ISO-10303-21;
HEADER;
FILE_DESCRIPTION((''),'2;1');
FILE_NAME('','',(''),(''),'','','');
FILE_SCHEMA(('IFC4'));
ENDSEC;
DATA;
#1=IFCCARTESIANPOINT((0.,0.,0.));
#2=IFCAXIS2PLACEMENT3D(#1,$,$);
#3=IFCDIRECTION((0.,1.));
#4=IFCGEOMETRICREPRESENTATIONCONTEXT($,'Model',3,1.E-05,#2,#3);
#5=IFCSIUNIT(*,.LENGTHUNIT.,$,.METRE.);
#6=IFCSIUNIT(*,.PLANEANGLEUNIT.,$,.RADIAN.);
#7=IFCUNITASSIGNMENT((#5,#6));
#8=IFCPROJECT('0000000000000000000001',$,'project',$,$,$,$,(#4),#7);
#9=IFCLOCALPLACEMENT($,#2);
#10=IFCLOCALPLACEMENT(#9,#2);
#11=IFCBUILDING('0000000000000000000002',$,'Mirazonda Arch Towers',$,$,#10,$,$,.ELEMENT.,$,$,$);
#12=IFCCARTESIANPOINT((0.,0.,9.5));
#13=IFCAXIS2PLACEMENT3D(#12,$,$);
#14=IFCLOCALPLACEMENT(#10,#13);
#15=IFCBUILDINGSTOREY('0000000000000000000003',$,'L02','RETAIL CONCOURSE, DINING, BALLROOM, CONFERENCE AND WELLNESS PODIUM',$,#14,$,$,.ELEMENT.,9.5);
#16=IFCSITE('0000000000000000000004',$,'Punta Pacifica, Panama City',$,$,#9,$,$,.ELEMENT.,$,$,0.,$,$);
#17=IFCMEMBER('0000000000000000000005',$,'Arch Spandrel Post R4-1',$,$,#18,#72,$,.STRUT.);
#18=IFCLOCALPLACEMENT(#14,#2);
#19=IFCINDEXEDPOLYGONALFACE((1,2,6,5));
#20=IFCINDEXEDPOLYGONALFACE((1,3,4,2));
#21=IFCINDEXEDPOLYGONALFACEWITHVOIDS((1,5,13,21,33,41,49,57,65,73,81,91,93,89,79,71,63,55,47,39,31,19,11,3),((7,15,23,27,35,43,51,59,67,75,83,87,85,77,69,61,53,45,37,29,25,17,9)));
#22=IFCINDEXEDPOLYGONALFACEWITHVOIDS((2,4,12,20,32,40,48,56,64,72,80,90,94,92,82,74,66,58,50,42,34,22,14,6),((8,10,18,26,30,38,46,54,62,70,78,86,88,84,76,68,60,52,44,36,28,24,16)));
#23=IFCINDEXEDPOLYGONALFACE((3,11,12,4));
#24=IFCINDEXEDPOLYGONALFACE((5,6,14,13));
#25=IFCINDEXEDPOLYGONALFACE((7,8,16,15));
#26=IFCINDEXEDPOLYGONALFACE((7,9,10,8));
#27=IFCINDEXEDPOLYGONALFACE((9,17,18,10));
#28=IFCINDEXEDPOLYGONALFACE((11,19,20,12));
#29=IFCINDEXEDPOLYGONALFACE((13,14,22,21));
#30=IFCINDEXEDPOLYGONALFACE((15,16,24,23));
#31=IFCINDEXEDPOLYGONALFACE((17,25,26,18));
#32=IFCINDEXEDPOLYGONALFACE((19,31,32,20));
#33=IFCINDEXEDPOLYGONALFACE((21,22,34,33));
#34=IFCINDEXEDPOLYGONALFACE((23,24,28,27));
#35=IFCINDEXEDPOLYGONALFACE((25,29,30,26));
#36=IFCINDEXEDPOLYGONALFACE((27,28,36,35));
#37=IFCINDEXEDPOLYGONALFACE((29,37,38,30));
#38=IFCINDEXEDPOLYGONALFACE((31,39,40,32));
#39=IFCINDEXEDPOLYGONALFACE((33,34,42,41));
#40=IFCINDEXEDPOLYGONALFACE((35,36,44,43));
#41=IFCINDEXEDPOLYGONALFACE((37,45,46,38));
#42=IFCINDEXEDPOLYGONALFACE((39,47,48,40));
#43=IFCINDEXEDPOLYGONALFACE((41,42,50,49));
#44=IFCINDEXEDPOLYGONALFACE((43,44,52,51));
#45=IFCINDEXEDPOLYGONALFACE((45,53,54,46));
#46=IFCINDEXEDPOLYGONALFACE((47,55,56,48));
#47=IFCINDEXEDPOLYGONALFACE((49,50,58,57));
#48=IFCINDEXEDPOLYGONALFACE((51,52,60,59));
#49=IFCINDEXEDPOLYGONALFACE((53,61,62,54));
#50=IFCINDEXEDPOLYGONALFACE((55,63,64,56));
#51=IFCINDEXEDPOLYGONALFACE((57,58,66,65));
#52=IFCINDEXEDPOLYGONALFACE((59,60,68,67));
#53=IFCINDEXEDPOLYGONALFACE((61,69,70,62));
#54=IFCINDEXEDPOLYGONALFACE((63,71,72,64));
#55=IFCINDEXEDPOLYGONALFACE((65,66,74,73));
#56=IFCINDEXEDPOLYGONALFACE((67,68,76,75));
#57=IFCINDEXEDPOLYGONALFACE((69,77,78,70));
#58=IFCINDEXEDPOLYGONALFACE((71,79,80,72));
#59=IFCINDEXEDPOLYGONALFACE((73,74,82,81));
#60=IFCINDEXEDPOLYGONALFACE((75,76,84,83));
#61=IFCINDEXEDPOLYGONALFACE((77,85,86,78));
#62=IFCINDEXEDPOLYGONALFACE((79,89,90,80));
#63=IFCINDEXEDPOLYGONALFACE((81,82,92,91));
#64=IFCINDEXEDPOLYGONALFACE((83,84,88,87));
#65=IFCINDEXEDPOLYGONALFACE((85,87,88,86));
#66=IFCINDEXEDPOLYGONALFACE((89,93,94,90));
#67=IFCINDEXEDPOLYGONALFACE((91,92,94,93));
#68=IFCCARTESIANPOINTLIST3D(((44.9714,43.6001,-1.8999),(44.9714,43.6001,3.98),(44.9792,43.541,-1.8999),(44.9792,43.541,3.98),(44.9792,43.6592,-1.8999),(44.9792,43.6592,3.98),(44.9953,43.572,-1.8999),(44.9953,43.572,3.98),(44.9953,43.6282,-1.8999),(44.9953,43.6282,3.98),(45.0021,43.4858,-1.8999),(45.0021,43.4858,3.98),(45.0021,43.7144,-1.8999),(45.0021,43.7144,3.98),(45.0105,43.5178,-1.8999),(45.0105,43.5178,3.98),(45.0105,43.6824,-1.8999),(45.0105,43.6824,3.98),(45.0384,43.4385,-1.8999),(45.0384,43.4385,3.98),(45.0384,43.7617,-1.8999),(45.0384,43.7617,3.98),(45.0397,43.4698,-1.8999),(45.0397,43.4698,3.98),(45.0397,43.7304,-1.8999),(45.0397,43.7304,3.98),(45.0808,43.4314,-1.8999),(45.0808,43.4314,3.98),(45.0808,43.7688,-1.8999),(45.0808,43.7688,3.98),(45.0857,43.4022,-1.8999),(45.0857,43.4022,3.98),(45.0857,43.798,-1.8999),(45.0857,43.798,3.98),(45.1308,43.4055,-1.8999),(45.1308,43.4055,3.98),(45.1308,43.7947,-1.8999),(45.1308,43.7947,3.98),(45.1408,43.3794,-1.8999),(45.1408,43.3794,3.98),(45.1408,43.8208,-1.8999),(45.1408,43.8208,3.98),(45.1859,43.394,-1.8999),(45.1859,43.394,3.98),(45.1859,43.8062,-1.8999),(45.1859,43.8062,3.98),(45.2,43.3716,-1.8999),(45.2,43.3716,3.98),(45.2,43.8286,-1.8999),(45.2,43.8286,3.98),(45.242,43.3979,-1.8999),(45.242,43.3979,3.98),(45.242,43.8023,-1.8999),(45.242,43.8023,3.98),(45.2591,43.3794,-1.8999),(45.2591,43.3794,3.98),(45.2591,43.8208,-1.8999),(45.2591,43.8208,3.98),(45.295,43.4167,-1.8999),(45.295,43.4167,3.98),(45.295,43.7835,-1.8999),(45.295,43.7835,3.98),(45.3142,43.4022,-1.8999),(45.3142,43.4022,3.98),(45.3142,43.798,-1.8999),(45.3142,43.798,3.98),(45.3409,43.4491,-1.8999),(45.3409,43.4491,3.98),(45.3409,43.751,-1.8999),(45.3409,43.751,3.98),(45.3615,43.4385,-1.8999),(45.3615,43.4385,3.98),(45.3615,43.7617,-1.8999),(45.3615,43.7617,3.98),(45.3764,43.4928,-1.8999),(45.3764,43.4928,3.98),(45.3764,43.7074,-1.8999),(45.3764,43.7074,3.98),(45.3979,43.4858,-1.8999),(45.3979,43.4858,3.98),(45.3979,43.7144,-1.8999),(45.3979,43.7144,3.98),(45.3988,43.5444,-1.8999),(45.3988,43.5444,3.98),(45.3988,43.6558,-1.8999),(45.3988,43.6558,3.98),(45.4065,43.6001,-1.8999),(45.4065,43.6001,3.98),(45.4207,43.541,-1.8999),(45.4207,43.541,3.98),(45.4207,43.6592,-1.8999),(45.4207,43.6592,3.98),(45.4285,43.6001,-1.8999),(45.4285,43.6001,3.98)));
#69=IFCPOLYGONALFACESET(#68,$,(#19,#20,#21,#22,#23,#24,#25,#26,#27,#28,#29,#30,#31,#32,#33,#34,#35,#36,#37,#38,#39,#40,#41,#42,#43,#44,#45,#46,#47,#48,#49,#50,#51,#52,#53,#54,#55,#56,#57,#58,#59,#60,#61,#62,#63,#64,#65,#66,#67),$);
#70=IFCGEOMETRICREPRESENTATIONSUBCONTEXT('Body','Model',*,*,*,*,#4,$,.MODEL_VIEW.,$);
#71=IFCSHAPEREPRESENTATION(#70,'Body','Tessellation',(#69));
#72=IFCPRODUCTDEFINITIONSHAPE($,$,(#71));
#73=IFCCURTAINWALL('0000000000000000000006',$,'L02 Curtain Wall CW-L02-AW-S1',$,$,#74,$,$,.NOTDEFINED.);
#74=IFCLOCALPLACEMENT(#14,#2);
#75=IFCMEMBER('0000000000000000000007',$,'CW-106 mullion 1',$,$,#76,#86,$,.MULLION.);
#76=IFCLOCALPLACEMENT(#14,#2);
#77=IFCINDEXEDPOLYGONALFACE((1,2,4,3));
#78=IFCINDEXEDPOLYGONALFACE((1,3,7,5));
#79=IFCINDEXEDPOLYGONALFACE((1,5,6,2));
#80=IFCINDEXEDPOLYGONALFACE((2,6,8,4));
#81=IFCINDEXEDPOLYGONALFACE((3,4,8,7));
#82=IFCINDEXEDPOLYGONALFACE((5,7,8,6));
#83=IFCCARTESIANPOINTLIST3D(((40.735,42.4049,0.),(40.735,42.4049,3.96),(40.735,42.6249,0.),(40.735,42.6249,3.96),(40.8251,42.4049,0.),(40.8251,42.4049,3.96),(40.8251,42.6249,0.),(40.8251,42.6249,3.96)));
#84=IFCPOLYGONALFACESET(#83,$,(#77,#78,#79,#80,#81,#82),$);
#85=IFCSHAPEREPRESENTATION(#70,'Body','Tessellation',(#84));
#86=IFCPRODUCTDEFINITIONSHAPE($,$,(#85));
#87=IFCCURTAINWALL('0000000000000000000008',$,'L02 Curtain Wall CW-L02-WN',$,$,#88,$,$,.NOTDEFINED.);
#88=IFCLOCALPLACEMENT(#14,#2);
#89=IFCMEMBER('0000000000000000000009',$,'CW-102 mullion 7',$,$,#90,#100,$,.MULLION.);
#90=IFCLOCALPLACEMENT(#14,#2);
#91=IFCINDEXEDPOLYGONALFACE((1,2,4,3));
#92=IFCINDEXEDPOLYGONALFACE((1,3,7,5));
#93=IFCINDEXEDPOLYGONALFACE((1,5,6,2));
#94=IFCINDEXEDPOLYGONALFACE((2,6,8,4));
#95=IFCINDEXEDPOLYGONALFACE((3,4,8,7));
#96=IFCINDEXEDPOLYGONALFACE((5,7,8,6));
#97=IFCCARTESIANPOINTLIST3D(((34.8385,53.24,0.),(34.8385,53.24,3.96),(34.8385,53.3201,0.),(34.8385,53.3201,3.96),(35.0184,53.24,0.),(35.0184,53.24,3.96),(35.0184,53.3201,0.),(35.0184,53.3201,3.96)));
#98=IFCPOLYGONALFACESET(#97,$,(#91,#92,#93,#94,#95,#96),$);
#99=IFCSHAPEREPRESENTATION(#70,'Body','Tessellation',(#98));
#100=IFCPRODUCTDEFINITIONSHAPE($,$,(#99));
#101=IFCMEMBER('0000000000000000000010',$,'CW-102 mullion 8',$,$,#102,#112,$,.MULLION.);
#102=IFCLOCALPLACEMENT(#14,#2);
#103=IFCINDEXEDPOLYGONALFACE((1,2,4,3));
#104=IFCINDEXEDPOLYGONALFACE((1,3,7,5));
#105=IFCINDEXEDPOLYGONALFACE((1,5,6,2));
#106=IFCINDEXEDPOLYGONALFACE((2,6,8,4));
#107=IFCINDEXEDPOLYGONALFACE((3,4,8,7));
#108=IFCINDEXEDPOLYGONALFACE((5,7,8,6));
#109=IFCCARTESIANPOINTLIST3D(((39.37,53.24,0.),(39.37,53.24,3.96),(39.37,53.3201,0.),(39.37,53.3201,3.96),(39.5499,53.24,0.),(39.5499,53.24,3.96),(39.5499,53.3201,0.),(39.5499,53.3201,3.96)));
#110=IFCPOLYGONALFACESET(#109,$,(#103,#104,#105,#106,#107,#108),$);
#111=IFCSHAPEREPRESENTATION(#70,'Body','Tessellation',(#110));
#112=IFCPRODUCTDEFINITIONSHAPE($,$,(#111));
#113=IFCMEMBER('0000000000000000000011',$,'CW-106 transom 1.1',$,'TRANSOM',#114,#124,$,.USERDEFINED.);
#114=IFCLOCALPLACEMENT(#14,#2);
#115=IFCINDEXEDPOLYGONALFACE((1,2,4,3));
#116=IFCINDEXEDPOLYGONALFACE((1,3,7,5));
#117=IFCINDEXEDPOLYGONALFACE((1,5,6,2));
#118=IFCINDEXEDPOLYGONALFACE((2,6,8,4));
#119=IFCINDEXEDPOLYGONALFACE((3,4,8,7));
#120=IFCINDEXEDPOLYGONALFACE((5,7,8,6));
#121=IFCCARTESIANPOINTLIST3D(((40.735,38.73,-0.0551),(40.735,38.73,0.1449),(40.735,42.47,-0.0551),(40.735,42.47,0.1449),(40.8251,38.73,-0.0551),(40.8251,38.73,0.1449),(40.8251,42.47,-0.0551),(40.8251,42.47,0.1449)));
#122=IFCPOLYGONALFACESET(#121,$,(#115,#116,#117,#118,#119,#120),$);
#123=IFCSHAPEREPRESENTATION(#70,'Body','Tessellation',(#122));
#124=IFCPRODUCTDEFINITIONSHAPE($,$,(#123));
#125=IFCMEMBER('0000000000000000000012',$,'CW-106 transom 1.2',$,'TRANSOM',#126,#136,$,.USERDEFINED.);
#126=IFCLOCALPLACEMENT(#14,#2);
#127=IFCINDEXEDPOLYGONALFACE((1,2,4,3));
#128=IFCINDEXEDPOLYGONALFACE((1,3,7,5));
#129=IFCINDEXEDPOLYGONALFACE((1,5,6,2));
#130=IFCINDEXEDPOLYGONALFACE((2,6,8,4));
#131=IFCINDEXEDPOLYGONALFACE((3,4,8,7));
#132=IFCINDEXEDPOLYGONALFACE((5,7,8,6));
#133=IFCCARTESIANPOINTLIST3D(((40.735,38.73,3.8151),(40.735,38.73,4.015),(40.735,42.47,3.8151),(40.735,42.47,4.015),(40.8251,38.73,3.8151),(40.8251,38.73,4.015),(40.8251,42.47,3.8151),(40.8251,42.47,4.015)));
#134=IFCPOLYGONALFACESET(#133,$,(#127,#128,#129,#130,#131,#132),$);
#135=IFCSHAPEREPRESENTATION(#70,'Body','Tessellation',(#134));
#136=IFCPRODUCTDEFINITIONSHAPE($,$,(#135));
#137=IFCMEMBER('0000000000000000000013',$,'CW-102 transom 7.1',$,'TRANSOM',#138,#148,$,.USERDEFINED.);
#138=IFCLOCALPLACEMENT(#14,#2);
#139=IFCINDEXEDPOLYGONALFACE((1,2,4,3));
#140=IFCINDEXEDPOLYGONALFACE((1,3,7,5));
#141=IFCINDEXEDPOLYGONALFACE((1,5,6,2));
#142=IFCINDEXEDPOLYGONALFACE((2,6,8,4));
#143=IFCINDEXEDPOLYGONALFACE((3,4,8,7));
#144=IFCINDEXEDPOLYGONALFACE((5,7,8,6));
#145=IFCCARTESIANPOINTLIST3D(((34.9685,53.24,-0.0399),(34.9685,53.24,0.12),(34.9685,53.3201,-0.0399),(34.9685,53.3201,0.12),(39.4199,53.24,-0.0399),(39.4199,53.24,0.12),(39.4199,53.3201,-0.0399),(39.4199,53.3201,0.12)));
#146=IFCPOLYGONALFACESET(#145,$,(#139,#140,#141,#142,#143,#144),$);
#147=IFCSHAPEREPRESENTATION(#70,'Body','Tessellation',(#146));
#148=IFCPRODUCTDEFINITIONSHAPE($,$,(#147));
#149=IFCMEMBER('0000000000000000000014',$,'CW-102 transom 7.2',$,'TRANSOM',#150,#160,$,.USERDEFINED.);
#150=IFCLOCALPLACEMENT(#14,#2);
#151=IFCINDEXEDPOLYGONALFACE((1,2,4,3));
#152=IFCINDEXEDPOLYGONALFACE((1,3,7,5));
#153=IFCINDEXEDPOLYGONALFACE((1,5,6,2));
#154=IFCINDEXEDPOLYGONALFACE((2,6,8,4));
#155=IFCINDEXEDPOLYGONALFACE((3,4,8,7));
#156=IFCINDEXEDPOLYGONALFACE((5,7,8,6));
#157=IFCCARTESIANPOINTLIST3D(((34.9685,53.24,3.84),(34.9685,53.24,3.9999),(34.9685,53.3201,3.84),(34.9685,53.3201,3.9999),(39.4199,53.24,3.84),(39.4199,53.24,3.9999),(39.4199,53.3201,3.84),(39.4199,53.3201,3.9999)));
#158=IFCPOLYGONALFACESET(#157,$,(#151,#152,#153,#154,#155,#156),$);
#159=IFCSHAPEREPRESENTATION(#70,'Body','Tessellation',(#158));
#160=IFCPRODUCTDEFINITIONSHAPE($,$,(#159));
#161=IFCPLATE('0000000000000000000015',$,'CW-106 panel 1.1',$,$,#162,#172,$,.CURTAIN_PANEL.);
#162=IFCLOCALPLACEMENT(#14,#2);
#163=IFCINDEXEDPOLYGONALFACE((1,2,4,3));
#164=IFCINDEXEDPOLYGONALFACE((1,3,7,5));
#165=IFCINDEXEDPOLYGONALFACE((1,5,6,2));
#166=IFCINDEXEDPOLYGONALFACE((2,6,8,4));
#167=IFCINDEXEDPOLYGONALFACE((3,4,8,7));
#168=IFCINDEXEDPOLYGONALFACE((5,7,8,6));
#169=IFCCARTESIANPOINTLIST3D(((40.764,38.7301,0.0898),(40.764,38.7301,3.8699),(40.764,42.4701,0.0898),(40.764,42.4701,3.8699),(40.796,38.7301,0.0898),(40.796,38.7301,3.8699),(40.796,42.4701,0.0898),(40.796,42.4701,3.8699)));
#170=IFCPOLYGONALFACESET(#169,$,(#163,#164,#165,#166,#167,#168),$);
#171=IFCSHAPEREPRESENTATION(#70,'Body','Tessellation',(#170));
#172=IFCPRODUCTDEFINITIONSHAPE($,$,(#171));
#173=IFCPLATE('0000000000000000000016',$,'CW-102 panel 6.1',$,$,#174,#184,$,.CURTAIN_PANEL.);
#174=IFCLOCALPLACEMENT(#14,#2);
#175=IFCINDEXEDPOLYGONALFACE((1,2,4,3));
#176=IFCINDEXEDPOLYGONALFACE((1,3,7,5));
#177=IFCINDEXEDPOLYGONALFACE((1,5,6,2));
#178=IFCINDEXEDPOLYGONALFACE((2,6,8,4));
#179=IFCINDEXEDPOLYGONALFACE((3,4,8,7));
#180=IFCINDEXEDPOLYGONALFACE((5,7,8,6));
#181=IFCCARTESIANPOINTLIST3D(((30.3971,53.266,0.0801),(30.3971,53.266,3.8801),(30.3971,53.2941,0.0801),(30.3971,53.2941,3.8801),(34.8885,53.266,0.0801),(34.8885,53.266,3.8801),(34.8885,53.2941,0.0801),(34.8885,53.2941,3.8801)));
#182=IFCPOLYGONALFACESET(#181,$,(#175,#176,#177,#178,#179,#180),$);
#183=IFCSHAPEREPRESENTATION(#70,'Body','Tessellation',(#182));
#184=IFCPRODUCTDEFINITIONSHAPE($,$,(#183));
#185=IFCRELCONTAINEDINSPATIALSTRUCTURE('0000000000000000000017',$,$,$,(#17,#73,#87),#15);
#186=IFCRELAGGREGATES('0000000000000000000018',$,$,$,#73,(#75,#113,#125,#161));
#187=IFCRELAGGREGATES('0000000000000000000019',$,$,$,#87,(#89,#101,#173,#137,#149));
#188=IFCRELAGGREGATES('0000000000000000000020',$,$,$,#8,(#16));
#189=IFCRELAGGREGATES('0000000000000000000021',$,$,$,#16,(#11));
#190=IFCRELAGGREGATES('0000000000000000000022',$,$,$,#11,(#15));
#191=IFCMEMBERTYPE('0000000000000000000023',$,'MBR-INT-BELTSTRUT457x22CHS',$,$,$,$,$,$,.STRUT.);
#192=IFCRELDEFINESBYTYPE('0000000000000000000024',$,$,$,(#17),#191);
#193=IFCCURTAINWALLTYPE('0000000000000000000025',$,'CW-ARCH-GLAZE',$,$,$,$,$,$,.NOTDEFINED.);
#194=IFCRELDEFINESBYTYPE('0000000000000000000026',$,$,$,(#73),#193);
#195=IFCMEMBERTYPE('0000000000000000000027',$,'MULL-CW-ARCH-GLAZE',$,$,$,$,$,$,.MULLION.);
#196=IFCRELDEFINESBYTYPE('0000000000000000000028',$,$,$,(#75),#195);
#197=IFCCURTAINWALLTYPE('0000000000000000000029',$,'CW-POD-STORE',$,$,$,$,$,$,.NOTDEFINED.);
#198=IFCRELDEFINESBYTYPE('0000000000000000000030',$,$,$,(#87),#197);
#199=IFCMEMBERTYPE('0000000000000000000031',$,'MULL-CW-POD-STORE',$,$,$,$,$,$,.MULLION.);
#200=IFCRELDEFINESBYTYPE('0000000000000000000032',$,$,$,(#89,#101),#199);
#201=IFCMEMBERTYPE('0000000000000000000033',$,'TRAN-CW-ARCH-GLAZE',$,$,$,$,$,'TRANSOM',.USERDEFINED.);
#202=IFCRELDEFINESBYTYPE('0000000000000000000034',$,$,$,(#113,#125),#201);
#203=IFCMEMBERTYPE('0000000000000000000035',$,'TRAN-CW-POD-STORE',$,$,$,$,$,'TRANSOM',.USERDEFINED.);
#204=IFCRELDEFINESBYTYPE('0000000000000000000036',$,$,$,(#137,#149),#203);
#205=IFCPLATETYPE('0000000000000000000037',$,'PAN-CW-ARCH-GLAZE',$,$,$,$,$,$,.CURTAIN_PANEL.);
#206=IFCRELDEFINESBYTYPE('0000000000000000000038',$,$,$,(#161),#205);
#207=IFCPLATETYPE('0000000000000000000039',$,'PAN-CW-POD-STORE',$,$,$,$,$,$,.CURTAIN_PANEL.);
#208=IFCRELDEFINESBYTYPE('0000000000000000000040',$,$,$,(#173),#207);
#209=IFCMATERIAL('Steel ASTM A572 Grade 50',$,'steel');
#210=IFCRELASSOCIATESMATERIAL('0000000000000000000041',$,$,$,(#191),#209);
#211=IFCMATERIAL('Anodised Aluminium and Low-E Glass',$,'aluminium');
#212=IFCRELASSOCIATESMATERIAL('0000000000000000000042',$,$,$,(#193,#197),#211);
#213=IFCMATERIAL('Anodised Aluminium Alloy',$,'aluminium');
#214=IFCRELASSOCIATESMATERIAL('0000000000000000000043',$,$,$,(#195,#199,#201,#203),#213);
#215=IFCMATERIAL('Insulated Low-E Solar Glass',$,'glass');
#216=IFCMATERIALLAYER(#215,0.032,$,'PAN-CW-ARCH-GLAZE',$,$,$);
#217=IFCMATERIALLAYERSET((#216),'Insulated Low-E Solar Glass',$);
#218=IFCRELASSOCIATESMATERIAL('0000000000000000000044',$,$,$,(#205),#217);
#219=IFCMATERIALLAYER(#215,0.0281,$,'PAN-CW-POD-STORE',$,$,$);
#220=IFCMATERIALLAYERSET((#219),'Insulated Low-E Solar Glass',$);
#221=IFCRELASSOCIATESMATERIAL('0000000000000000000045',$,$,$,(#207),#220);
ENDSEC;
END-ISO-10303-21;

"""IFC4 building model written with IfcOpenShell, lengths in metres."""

from ifc_helpers import new_model, si_unit, direction, frame, origin, origin_2d, place, context, subcontext, project, spatial, rectangle, hollow_circle, extrude, material, layer, layer_set, material_profile, profile_set, type_object, element, aggregate, save


model = new_model("IFC4")

# Units and contexts
model_context = context("Model", 3, precision=1e-05, world=origin(), true_north=direction((0.0, 1.0)))
body_context = subcontext(model_context, "Body", "Model", "MODEL_VIEW")
ifc_project = project(units=[si_unit("LENGTHUNIT", "METRE"), si_unit("PLANEANGLEUNIT", "RADIAN")], contexts=[model_context])

# Site, building, storey
site_placement = place(None, origin())
site = spatial("IfcSite", under=ifc_project, at=site_placement, Name="Punta Pacifica, Panama City", CompositionType="ELEMENT", RefElevation=0.0)
building_placement = place(site_placement, origin())
building = spatial("IfcBuilding", under=site, at=building_placement, Name="Mirazonda Arch Towers", CompositionType="ELEMENT")
storey_placement = place(building_placement, frame((0.0, 0.0, 9.5)))
storey = spatial("IfcBuildingStorey", under=building, at=storey_placement, Name="L02", Description="RETAIL CONCOURSE, DINING, BALLROOM, CONFERENCE AND WELLNESS PODIUM", CompositionType="ELEMENT", Elevation=9.5)

# Member
ifc_material_1 = material(Name="Steel ASTM A572 Grade 50", Category="steel")
ifc_material_profile_1 = material_profile(ifc_material_1, hollow_circle(Radius=0.2285, WallThickness=0.022, at=origin_2d()), Name="BELTSTRUT457x22CHS")
ifc_profile_set_1 = profile_set([ifc_material_profile_1], Name="Steel ASTM A572 Grade 50")
member_type_1 = type_object("IfcMemberType", Name="MBR-INT-BELTSTRUT457x22CHS", PredefinedType="STRUT", material=ifc_profile_set_1)
member_1_placement = place(storey_placement, frame((45.2, 43.6001, -1.8999), z_axis=(0.0, 0.0, 1.0), x_axis=(1.0, 0.0, 0.0)))
element("IfcMember", 1, at=member_1_placement, inside=storey, type_object=member_type_1, Name="Arch Spandrel Post R4-1", PredefinedType="STRUT", context=body_context, shape_type="SweptSolid", body=[
    extrude(hollow_circle(Radius=0.2285, WallThickness=0.022, at=origin_2d()), origin(), (0.0, 0.0, 1.0), 5.8799),
])

# Curtain wall, member
ifc_material_2 = material(Name="Anodised Aluminium and Low-E Glass", Category="aluminium")
curtain_wall_type_1 = type_object("IfcCurtainWallType", Name="CW-ARCH-GLAZE", PredefinedType="NOTDEFINED", material=ifc_material_2)
curtain_wall_1_placement = place(storey_placement, origin())
curtain_wall_1 = element("IfcCurtainWall", 2, at=curtain_wall_1_placement, inside=storey, type_object=curtain_wall_type_1, Name="L02 Curtain Wall CW-L02-AW-S1", PredefinedType="NOTDEFINED")
ifc_material_3 = material(Name="Anodised Aluminium Alloy", Category="aluminium")
ifc_material_profile_2 = material_profile(ifc_material_3, rectangle(XDim=0.0901, YDim=0.22, at=origin_2d()), Name="ALU-MULL-90x220")
ifc_profile_set_2 = profile_set([ifc_material_profile_2], Name="Anodised Aluminium Alloy")
member_type_2 = type_object("IfcMemberType", Name="MULL-CW-ARCH-GLAZE", PredefinedType="MULLION", material=ifc_profile_set_2)
member_2_placement = place(storey_placement, frame((40.78, 42.5149, 0.0), z_axis=(0.0, 0.0, 1.0), x_axis=(1.0, 0.0, 0.0)))
member_2 = element("IfcMember", 3, at=member_2_placement, type_object=member_type_2, Name="CW-106 mullion 1", PredefinedType="MULLION", context=body_context, shape_type="SweptSolid", body=[
    extrude(rectangle(XDim=0.0901, YDim=0.22, at=origin_2d()), origin(), (0.0, 0.0, 1.0), 3.96),
])

# Curtain wall, members
curtain_wall_type_2 = type_object("IfcCurtainWallType", Name="CW-POD-STORE", PredefinedType="NOTDEFINED", material=ifc_material_2)
curtain_wall_2_placement = place(storey_placement, origin())
curtain_wall_2 = element("IfcCurtainWall", 4, at=curtain_wall_2_placement, inside=storey, type_object=curtain_wall_type_2, Name="L02 Curtain Wall CW-L02-WN", PredefinedType="NOTDEFINED")
ifc_material_profile_3 = material_profile(ifc_material_3, rectangle(XDim=0.0801, YDim=0.1799, at=origin_2d()), Name="ALU-MULL-80x180")
ifc_profile_set_3 = profile_set([ifc_material_profile_3], Name="Anodised Aluminium Alloy")
member_type_3 = type_object("IfcMemberType", Name="MULL-CW-POD-STORE", PredefinedType="MULLION", material=ifc_profile_set_3)
member_3_placement = place(storey_placement, frame((34.9285, 53.28, 0.0), z_axis=(0.0, 0.0, 1.0), x_axis=(0.0, 1.0, 0.0)))
member_3 = element("IfcMember", 5, at=member_3_placement, type_object=member_type_3, Name="CW-102 mullion 7", PredefinedType="MULLION", context=body_context, shape_type="SweptSolid", body=[
    extrude(rectangle(XDim=0.0801, YDim=0.1799, at=origin_2d()), origin(), (0.0, 0.0, 1.0), 3.96),
])
member_4_placement = place(storey_placement, frame((39.46, 53.28, 0.0), z_axis=(0.0, 0.0, 1.0), x_axis=(0.0, 1.0, 0.0)))
member_4 = element("IfcMember", 6, at=member_4_placement, type_object=member_type_3, Name="CW-102 mullion 8", PredefinedType="MULLION", context=body_context, shape_type="SweptSolid", body=[
    extrude(rectangle(XDim=0.0801, YDim=0.1799, at=origin_2d()), origin(), (0.0, 0.0, 1.0), 3.96),
])

# Members
ifc_material_profile_4 = material_profile(ifc_material_3, rectangle(XDim=0.0901, YDim=0.2, at=origin_2d()), Name="ALU-TRAN-90x200")
ifc_profile_set_4 = profile_set([ifc_material_profile_4], Name="Anodised Aluminium Alloy")
member_type_4 = type_object("IfcMemberType", Name="TRAN-CW-ARCH-GLAZE", ElementType="TRANSOM", PredefinedType="USERDEFINED", material=ifc_profile_set_4)
member_5_placement = place(storey_placement, frame((40.78, 42.47, 0.0449), z_axis=(0.0, -1.0, 0.0), x_axis=(1.0, 0.0, 0.0)))
member_5 = element("IfcMember", 7, at=member_5_placement, type_object=member_type_4, Name="CW-106 transom 1.1", ObjectType="TRANSOM", PredefinedType="USERDEFINED", context=body_context, shape_type="SweptSolid", body=[
    extrude(rectangle(XDim=0.0901, YDim=0.2, at=origin_2d()), origin(), (0.0, 0.0, 1.0), 3.74),
])
member_6_placement = place(storey_placement, frame((40.78, 42.47, 3.915), z_axis=(0.0, -1.0, 0.0), x_axis=(1.0, 0.0, 0.0)))
member_6 = element("IfcMember", 8, at=member_6_placement, type_object=member_type_4, Name="CW-106 transom 1.2", ObjectType="TRANSOM", PredefinedType="USERDEFINED", context=body_context, shape_type="SweptSolid", body=[
    extrude(rectangle(XDim=0.0901, YDim=0.2, at=origin_2d()), origin(), (0.0, 0.0, 1.0), 3.74),
])
ifc_material_profile_5 = material_profile(ifc_material_3, rectangle(XDim=0.0801, YDim=0.1599, at=origin_2d()), Name="ALU-TRAN-80x160")
ifc_profile_set_5 = profile_set([ifc_material_profile_5], Name="Anodised Aluminium Alloy")
member_type_5 = type_object("IfcMemberType", Name="TRAN-CW-POD-STORE", ElementType="TRANSOM", PredefinedType="USERDEFINED", material=ifc_profile_set_5)
member_7_placement = place(storey_placement, frame((34.9685, 53.28, 0.04), z_axis=(1.0, 0.0, 0.0), x_axis=(0.0, 1.0, 0.0)))
member_7 = element("IfcMember", 9, at=member_7_placement, type_object=member_type_5, Name="CW-102 transom 7.1", ObjectType="TRANSOM", PredefinedType="USERDEFINED", context=body_context, shape_type="SweptSolid", body=[
    extrude(rectangle(XDim=0.0801, YDim=0.1599, at=origin_2d()), origin(), (0.0, 0.0, 1.0), 4.4514),
])
member_8_placement = place(storey_placement, frame((34.9685, 53.28, 3.9199), z_axis=(1.0, 0.0, 0.0), x_axis=(0.0, 1.0, 0.0)))
member_8 = element("IfcMember", 10, at=member_8_placement, type_object=member_type_5, Name="CW-102 transom 7.2", ObjectType="TRANSOM", PredefinedType="USERDEFINED", context=body_context, shape_type="SweptSolid", body=[
    extrude(rectangle(XDim=0.0801, YDim=0.1599, at=origin_2d()), origin(), (0.0, 0.0, 1.0), 4.4514),
])

# Plates
ifc_material_4 = material(Name="Insulated Low-E Solar Glass", Category="glass")
ifc_layer_1 = layer(ifc_material_4, 0.032, Name="PAN-CW-ARCH-GLAZE")
ifc_layer_set_1 = layer_set([ifc_layer_1], Name="Insulated Low-E Solar Glass")
plate_type_1 = type_object("IfcPlateType", Name="PAN-CW-ARCH-GLAZE", PredefinedType="CURTAIN_PANEL", material=ifc_layer_set_1)
plate_1_placement = place(storey_placement, frame((40.78, 40.6001, 0.0898), z_axis=(0.0, 0.0, 1.0), x_axis=(0.0, -1.0, 0.0)))
plate_1 = element("IfcPlate", 11, at=plate_1_placement, type_object=plate_type_1, Name="CW-106 panel 1.1", PredefinedType="CURTAIN_PANEL", context=body_context, shape_type="SweptSolid", body=[
    extrude(rectangle(XDim=3.74, YDim=0.032, at=origin_2d()), origin(), (0.0, 0.0, 1.0), 3.78),
])
aggregate(curtain_wall_1, [member_2, member_5, member_6, plate_1])
ifc_layer_2 = layer(ifc_material_4, 0.0281, Name="PAN-CW-POD-STORE")
ifc_layer_set_2 = layer_set([ifc_layer_2], Name="Insulated Low-E Solar Glass")
plate_type_2 = type_object("IfcPlateType", Name="PAN-CW-POD-STORE", PredefinedType="CURTAIN_PANEL", material=ifc_layer_set_2)
plate_2_placement = place(storey_placement, frame((32.6428, 53.28, 0.0801), z_axis=(0.0, 0.0, 1.0), x_axis=(1.0, 0.0, 0.0)))
plate_2 = element("IfcPlate", 12, at=plate_2_placement, type_object=plate_type_2, Name="CW-102 panel 6.1", PredefinedType="CURTAIN_PANEL", context=body_context, shape_type="SweptSolid", body=[
    extrude(rectangle(XDim=4.4915, YDim=0.0281, at=origin_2d()), origin(), (0.0, 0.0, 1.0), 3.8),
])
aggregate(curtain_wall_2, [member_3, member_4, plate_2, member_7, member_8])

save(model, "model.ifc")
